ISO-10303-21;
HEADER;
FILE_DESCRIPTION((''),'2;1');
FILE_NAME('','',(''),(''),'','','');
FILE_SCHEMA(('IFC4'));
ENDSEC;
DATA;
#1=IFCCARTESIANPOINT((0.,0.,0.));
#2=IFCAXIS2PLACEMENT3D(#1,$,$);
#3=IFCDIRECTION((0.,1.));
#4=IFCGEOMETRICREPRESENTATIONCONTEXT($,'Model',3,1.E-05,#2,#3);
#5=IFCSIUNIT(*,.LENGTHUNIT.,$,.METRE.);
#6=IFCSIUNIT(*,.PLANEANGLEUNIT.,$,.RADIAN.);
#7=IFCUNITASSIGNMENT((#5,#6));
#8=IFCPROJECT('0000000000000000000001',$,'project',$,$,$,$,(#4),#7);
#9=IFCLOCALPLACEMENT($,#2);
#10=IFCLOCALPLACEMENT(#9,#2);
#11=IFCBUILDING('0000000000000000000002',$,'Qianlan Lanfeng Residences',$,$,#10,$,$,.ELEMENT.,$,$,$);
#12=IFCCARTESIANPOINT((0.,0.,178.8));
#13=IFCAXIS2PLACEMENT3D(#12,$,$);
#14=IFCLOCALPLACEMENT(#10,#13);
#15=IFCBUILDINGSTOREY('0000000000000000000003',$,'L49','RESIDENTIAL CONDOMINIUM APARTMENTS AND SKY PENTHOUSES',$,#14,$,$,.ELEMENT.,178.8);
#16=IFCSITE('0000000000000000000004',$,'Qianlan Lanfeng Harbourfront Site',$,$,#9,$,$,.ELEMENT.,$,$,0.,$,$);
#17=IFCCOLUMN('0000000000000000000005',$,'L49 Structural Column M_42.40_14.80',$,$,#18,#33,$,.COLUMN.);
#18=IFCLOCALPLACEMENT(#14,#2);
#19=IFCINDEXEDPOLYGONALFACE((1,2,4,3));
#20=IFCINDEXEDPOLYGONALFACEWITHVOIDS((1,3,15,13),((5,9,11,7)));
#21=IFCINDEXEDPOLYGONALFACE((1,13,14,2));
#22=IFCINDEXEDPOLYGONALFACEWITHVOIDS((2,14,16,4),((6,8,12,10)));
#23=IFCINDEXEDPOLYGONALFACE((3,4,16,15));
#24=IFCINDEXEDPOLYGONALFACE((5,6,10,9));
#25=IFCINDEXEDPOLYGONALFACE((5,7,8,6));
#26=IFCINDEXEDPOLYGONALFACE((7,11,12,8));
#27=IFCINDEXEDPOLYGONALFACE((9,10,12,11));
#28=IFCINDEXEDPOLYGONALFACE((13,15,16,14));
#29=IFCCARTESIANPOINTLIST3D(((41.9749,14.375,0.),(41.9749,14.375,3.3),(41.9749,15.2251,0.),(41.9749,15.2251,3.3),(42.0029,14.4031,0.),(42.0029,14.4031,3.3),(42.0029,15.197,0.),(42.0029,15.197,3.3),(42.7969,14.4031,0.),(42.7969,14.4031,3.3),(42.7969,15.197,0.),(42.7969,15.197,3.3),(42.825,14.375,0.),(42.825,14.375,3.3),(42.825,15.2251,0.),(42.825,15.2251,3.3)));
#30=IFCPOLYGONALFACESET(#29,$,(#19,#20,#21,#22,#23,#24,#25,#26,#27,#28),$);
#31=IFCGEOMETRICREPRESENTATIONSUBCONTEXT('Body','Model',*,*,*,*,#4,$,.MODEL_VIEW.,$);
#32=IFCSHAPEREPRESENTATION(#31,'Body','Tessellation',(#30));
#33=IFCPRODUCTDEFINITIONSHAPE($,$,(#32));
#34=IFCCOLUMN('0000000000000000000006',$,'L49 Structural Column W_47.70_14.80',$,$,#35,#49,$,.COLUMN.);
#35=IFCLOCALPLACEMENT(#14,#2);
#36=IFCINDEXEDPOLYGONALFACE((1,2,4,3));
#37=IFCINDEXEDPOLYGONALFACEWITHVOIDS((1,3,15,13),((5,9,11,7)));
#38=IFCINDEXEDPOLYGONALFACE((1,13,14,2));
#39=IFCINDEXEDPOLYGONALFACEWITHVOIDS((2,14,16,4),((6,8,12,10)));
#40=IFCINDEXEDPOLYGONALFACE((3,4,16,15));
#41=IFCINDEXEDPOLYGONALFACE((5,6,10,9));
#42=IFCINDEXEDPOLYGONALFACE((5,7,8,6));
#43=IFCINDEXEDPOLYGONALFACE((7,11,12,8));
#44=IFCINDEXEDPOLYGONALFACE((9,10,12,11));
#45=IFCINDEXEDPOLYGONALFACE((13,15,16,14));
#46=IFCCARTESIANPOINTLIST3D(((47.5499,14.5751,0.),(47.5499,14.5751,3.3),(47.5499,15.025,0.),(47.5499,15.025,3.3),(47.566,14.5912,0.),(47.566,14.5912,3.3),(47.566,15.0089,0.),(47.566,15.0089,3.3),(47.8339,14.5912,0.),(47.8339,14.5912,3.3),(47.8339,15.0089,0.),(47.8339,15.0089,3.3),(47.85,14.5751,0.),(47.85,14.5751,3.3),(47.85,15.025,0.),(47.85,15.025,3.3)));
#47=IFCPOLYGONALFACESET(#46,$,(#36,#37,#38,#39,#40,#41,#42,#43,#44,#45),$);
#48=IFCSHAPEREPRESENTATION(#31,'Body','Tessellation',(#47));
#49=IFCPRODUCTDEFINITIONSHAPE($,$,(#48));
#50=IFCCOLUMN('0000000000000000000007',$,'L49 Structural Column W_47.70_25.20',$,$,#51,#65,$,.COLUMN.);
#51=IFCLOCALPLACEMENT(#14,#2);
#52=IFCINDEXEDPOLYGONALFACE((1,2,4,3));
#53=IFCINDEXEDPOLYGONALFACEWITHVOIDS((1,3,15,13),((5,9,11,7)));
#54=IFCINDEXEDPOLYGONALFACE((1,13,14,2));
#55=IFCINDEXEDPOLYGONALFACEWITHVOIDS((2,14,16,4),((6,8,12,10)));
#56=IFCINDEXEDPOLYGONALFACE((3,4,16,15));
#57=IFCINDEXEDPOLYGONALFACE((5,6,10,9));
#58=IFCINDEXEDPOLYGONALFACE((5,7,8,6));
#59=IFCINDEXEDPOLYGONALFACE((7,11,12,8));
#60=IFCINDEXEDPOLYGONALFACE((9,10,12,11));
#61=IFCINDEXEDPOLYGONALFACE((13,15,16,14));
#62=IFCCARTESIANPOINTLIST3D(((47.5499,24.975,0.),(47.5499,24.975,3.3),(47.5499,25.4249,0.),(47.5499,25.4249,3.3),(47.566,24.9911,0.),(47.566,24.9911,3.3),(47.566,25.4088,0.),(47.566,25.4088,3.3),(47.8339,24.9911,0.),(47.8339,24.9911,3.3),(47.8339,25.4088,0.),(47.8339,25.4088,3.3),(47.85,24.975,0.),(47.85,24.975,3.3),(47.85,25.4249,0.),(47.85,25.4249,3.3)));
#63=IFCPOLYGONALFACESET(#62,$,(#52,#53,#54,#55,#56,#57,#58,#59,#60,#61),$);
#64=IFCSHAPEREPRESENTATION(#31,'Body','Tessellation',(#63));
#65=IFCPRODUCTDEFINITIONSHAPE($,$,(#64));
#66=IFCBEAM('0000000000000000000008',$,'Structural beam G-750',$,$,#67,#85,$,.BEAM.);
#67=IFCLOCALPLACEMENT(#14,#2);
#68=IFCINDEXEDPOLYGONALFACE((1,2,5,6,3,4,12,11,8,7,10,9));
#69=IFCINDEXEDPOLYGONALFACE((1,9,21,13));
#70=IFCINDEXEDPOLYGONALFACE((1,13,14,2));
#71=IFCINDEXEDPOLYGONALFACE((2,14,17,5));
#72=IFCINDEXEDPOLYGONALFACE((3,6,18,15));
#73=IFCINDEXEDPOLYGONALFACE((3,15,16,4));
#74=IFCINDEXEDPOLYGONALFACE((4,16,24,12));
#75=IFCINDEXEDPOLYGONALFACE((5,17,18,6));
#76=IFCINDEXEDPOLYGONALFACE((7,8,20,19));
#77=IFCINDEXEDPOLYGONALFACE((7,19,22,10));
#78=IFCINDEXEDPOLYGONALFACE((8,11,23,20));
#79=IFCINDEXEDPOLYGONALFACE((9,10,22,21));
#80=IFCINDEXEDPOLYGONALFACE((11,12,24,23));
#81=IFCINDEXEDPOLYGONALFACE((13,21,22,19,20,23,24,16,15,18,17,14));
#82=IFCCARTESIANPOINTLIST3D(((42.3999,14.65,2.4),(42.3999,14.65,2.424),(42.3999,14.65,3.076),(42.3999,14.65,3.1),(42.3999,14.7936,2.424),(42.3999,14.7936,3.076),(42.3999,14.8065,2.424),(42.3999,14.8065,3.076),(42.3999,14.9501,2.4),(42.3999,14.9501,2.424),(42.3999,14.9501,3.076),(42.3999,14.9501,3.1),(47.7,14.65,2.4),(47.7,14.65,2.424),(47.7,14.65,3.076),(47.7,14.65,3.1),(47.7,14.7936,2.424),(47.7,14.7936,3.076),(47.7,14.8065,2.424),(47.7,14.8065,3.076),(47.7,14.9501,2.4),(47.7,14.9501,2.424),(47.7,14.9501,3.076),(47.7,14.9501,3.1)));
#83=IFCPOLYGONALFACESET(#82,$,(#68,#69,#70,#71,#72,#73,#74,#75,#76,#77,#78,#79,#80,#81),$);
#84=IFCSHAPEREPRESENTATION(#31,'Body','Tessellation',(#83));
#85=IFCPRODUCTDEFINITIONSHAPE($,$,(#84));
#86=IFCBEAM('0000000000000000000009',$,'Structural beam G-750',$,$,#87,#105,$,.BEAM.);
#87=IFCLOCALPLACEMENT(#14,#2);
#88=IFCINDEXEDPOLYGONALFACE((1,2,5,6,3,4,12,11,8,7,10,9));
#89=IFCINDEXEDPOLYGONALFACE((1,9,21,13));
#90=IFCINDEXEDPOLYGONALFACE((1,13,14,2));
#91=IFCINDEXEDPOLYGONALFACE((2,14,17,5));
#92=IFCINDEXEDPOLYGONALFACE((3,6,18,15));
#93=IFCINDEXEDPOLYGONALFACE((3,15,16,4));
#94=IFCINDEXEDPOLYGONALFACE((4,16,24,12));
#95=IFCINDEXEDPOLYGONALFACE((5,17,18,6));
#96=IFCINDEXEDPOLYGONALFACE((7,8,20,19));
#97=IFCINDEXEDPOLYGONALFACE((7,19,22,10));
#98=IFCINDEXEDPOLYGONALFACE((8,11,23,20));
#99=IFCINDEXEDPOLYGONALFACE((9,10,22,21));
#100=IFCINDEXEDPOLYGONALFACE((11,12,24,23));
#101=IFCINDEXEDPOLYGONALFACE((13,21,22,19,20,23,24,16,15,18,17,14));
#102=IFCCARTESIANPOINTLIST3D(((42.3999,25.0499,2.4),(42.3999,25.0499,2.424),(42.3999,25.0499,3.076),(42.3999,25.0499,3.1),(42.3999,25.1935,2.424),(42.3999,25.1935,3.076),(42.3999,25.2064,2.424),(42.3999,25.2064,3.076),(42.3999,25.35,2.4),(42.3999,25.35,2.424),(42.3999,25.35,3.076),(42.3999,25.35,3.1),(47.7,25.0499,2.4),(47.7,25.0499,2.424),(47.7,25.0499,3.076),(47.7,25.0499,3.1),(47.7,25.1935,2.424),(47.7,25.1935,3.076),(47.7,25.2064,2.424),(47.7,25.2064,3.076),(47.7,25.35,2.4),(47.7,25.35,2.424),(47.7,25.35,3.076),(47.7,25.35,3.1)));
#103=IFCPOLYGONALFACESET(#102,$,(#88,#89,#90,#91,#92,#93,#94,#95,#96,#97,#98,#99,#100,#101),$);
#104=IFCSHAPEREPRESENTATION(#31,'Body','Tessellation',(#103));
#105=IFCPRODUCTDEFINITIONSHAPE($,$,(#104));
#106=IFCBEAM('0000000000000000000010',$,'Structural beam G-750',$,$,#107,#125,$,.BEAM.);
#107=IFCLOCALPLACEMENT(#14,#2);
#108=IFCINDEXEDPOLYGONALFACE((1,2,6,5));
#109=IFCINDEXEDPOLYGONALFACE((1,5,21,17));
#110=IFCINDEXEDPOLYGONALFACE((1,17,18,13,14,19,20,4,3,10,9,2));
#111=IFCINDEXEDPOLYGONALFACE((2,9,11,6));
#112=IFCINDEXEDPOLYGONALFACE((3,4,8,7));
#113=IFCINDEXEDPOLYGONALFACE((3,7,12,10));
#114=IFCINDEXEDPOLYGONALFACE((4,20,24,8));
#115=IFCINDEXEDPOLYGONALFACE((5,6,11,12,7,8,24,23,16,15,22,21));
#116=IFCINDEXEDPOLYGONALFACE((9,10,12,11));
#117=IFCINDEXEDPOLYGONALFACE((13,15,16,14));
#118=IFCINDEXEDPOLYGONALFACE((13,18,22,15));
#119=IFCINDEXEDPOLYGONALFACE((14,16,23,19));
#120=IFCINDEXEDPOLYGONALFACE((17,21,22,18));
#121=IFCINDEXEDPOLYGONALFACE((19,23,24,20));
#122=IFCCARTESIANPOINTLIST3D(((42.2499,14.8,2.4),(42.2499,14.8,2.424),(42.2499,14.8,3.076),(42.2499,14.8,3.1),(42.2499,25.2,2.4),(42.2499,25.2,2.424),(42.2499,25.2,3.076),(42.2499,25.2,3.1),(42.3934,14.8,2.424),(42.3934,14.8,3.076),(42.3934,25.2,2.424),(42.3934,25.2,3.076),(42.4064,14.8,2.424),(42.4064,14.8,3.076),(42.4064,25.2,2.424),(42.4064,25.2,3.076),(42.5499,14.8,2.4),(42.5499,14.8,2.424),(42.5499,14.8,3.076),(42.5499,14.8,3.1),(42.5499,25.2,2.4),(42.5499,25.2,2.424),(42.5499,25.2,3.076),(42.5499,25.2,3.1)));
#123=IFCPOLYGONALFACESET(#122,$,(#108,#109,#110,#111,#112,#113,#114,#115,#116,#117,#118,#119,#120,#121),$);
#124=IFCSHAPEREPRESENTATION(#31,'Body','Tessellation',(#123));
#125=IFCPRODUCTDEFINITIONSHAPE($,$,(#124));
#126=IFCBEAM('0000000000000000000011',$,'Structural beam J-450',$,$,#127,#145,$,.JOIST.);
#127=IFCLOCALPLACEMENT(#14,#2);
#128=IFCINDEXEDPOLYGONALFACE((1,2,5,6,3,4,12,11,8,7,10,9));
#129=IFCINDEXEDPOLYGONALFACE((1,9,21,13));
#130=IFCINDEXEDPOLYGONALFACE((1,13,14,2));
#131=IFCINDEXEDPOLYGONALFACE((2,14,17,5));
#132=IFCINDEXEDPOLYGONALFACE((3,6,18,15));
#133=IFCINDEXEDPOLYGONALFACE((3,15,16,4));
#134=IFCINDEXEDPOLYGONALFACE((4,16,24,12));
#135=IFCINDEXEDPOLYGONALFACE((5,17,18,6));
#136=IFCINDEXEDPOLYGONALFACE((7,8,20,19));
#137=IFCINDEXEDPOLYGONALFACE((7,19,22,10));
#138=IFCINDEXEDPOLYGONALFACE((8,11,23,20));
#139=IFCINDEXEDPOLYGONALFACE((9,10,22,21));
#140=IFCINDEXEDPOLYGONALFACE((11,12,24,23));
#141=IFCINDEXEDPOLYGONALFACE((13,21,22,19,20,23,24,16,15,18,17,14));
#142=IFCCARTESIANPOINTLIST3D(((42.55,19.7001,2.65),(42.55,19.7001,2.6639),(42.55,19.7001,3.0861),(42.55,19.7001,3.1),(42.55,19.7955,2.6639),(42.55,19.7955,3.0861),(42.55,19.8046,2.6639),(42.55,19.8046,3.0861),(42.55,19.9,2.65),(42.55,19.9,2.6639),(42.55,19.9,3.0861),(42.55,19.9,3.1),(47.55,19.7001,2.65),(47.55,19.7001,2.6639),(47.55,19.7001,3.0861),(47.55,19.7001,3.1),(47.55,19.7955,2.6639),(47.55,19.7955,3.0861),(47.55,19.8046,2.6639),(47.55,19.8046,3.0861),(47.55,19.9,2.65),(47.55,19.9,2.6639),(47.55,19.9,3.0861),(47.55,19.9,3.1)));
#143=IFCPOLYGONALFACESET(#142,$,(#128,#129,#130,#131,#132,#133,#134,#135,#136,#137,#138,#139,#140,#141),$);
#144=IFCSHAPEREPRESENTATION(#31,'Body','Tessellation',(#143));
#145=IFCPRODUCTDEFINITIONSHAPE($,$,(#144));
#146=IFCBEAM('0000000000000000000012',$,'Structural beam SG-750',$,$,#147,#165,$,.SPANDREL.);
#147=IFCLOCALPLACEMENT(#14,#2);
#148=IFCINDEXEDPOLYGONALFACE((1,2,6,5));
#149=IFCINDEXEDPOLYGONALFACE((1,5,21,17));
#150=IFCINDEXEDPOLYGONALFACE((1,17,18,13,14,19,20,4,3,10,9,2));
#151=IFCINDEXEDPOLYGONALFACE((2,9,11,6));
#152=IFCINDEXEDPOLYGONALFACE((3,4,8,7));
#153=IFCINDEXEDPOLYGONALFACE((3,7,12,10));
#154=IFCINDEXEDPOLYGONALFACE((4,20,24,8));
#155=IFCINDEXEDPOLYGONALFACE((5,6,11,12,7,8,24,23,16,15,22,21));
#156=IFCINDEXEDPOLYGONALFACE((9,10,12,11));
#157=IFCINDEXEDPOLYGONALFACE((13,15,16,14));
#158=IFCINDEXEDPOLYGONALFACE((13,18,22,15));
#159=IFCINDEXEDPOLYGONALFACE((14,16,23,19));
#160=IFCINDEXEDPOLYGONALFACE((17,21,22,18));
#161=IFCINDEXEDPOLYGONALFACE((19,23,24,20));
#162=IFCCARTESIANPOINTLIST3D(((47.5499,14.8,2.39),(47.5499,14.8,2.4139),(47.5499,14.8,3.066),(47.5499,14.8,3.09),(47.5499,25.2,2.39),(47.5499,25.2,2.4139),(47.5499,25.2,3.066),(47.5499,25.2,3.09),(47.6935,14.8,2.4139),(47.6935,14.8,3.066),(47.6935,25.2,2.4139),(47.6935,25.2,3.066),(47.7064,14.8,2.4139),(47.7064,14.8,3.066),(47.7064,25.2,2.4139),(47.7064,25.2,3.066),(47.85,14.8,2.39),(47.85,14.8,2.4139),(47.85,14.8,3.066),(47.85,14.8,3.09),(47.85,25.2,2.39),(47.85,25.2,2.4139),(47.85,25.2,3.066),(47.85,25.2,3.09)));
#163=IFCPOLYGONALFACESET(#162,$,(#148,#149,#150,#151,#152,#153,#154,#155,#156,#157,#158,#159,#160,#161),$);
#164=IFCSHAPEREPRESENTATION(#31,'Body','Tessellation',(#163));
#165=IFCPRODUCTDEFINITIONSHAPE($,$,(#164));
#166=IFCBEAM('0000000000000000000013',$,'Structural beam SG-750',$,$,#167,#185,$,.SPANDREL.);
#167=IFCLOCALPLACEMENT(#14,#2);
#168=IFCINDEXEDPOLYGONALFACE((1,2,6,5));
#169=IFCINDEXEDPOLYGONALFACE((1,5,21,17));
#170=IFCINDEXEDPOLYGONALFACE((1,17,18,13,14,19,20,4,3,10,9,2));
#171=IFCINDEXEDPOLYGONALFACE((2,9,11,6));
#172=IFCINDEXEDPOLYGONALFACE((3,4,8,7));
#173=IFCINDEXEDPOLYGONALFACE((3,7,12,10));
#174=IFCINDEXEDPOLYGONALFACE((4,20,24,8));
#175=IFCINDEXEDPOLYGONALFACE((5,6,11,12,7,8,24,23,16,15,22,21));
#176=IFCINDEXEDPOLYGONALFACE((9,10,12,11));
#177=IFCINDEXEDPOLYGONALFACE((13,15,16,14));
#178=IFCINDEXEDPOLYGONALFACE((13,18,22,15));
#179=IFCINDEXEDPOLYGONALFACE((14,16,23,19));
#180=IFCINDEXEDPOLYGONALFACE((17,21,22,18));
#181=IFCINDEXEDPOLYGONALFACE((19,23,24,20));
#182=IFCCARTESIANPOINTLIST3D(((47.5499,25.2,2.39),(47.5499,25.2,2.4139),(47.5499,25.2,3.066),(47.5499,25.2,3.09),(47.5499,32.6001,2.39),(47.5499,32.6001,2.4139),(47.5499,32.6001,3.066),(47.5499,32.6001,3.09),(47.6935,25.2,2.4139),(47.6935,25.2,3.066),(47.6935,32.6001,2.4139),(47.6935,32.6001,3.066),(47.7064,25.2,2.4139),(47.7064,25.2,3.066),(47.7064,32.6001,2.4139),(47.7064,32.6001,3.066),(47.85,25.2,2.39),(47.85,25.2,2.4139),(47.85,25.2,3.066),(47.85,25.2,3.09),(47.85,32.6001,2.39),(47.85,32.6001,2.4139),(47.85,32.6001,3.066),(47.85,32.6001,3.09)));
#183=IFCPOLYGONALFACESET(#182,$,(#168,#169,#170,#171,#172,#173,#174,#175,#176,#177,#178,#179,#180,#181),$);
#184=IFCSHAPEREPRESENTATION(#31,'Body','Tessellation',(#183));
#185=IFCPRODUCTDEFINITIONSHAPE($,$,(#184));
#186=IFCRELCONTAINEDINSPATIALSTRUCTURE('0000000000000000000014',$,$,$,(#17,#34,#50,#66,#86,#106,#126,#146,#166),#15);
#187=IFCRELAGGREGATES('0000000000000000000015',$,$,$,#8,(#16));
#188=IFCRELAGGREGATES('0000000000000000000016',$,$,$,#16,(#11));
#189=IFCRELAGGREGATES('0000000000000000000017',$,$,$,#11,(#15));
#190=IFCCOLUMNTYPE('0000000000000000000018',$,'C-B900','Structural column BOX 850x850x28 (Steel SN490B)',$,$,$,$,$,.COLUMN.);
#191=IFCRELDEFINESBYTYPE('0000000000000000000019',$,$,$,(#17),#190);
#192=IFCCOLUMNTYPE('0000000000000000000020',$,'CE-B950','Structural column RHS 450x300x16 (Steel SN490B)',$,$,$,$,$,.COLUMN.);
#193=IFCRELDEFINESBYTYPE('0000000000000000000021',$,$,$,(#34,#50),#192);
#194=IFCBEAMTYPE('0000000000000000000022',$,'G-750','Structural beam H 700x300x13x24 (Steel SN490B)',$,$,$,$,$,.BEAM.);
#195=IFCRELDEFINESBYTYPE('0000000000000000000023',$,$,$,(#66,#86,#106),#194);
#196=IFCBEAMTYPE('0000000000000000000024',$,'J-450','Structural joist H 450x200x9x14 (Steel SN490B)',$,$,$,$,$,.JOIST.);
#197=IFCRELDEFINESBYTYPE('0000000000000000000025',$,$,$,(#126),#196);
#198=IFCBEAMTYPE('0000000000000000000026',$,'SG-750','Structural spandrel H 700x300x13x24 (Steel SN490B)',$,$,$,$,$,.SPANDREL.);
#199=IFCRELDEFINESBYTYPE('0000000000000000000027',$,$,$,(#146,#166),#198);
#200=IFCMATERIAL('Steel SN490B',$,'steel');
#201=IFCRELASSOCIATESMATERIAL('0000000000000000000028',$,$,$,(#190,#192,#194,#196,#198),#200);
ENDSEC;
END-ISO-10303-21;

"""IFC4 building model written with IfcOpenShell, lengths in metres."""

from ifc_helpers import new_model, si_unit, direction, frame, origin, origin_2d, place, context, subcontext, project, spatial, hollow_rectangle, i_section, extrude, material, material_profile, profile_set, type_object, element, save


model = new_model("IFC4")

# Units and contexts
model_context = context("Model", 3, precision=1e-05, world=origin(), true_north=direction((0.0, 1.0)))
body_context = subcontext(model_context, "Body", "Model", "MODEL_VIEW")
ifc_project = project(units=[si_unit("LENGTHUNIT", "METRE"), si_unit("PLANEANGLEUNIT", "RADIAN")], contexts=[model_context])

# Site, building, storey
site_placement = place(None, origin())
site = spatial("IfcSite", under=ifc_project, at=site_placement, Name="Qianlan Lanfeng Harbourfront Site", CompositionType="ELEMENT", RefElevation=0.0)
building_placement = place(site_placement, origin())
building = spatial("IfcBuilding", under=site, at=building_placement, Name="Qianlan Lanfeng Residences", CompositionType="ELEMENT")
storey_placement = place(building_placement, frame((0.0, 0.0, 178.8)))
storey = spatial("IfcBuildingStorey", under=building, at=storey_placement, Name="L49", Description="RESIDENTIAL CONDOMINIUM APARTMENTS AND SKY PENTHOUSES", CompositionType="ELEMENT", Elevation=178.8)

# Columns
ifc_material_1 = material(Name="Steel SN490B", Category="steel")
ifc_material_profile_1 = material_profile(ifc_material_1, hollow_rectangle(XDim=0.8501, YDim=0.8501, WallThickness=0.0281, at=origin_2d()), Name="BOX 850x850x28")
ifc_profile_set_1 = profile_set([ifc_material_profile_1], Name="Steel SN490B")
column_type_1 = type_object("IfcColumnType", Name="C-B900", Description="Structural column BOX 850x850x28 (Steel SN490B)", PredefinedType="COLUMN", material=ifc_profile_set_1)
column_placement = place(storey_placement, frame((42.3999, 14.8, 0.0), z_axis=(0.0, 0.0, 1.0), x_axis=(1.0, 0.0, 0.0)))
element("IfcColumn", 1, at=column_placement, inside=storey, type_object=column_type_1, Name="L49 Structural Column M_42.40_14.80", PredefinedType="COLUMN", context=body_context, shape_type="SweptSolid", body=[
    extrude(hollow_rectangle(XDim=0.8501, YDim=0.8501, WallThickness=0.0281, at=origin_2d()), origin(), (0.0, 0.0, 1.0), 3.3),
])
ifc_material_profile_2 = material_profile(ifc_material_1, hollow_rectangle(XDim=0.3, YDim=0.45, WallThickness=0.0161, at=origin_2d()), Name="RHS 450x300x16")
ifc_profile_set_2 = profile_set([ifc_material_profile_2], Name="Steel SN490B")
column_type_2 = type_object("IfcColumnType", Name="CE-B950", Description="Structural column RHS 450x300x16 (Steel SN490B)", PredefinedType="COLUMN", material=ifc_profile_set_2)
for number, where, z_axis, x_axis, name in (
    (2, (47.7, 14.8, 0.0), (0.0, 0.0, 1.0), (1.0, 0.0, 0.0), "L49 Structural Column W_47.70_14.80"),
    (3, (47.7, 25.2, 0.0), (0.0, 0.0, 1.0), (1.0, 0.0, 0.0), "L49 Structural Column W_47.70_25.20"),
):
    element("IfcColumn", number, at=place(storey_placement, frame(where, z_axis=z_axis, x_axis=x_axis)), inside=storey, type_object=column_type_2, Name=name, PredefinedType="COLUMN", context=body_context, shape_type="SweptSolid", body=[
        extrude(hollow_rectangle(XDim=0.3, YDim=0.45, WallThickness=0.0161, at=origin_2d()), origin(), (0.0, 0.0, 1.0), 3.3),
    ])

# Beams
ifc_material_profile_3 = material_profile(ifc_material_1, i_section(OverallWidth=0.3, OverallDepth=0.7, WebThickness=0.0129, FlangeThickness=0.0239, at=origin_2d()), Name="H 700x300x13x24")
ifc_profile_set_3 = profile_set([ifc_material_profile_3], Name="Steel SN490B")
beam_type_1 = type_object("IfcBeamType", Name="G-750", Description="Structural beam H 700x300x13x24 (Steel SN490B)", PredefinedType="BEAM", material=ifc_profile_set_3)
for number, where, z_axis, x_axis, name in (
    (4, (42.3999, 14.8, 2.75), (1.0, 0.0, 0.0), (0.0, 1.0, 0.0), "Structural beam G-750"),
    (5, (42.3999, 25.2, 2.75), (1.0, 0.0, 0.0), (0.0, 1.0, 0.0), "Structural beam G-750"),
):
    element("IfcBeam", number, at=place(storey_placement, frame(where, z_axis=z_axis, x_axis=x_axis)), inside=storey, type_object=beam_type_1, Name=name, PredefinedType="BEAM", context=body_context, shape_type="SweptSolid", body=[
        extrude(i_section(OverallWidth=0.3, OverallDepth=0.7, WebThickness=0.0129, FlangeThickness=0.0239, at=origin_2d()), origin(), (0.0, 0.0, 1.0), 5.3),
    ])
beam_1_placement = place(storey_placement, frame((42.3999, 14.8, 2.75), z_axis=(0.0, 1.0, 0.0), x_axis=(-1.0, 0.0, 0.0)))
element("IfcBeam", 6, at=beam_1_placement, inside=storey, type_object=beam_type_1, Name="Structural beam G-750", PredefinedType="BEAM", context=body_context, shape_type="SweptSolid", body=[
    extrude(i_section(OverallWidth=0.3, OverallDepth=0.7, WebThickness=0.0129, FlangeThickness=0.0239, at=origin_2d()), origin(), (0.0, 0.0, 1.0), 10.3999),
])
ifc_material_profile_4 = material_profile(ifc_material_1, i_section(OverallWidth=0.2, OverallDepth=0.45, WebThickness=0.009, FlangeThickness=0.0139, at=origin_2d()), Name="H 450x200x9x14")
ifc_profile_set_4 = profile_set([ifc_material_profile_4], Name="Steel SN490B")
beam_type_2 = type_object("IfcBeamType", Name="J-450", Description="Structural joist H 450x200x9x14 (Steel SN490B)", PredefinedType="JOIST", material=ifc_profile_set_4)
beam_2_placement = place(storey_placement, frame((42.55, 19.8, 2.875), z_axis=(1.0, 0.0, 0.0), x_axis=(0.0, 1.0, 0.0)))
element("IfcBeam", 7, at=beam_2_placement, inside=storey, type_object=beam_type_2, Name="Structural beam J-450", PredefinedType="JOIST", context=body_context, shape_type="SweptSolid", body=[
    extrude(i_section(OverallWidth=0.2, OverallDepth=0.45, WebThickness=0.009, FlangeThickness=0.0139, at=origin_2d()), origin(), (0.0, 0.0, 1.0), 5.0),
])
ifc_material_profile_5 = material_profile(ifc_material_1, i_section(OverallWidth=0.3, OverallDepth=0.7, WebThickness=0.0129, FlangeThickness=0.0239, at=origin_2d()), Name="H 700x300x13x24")
ifc_profile_set_5 = profile_set([ifc_material_profile_5], Name="Steel SN490B")
beam_type_3 = type_object("IfcBeamType", Name="SG-750", Description="Structural spandrel H 700x300x13x24 (Steel SN490B)", PredefinedType="SPANDREL", material=ifc_profile_set_5)
beam_3_placement = place(storey_placement, frame((47.7, 14.8, 2.74), z_axis=(0.0, 1.0, 0.0), x_axis=(-1.0, 0.0, 0.0)))
element("IfcBeam", 8, at=beam_3_placement, inside=storey, type_object=beam_type_3, Name="Structural beam SG-750", PredefinedType="SPANDREL", context=body_context, shape_type="SweptSolid", body=[
    extrude(i_section(OverallWidth=0.3, OverallDepth=0.7, WebThickness=0.0129, FlangeThickness=0.0239, at=origin_2d()), origin(), (0.0, 0.0, 1.0), 10.3999),
])
beam_4_placement = place(storey_placement, frame((47.7, 25.2, 2.74), z_axis=(0.0, 1.0, 0.0), x_axis=(-1.0, 0.0, 0.0)))
element("IfcBeam", 9, at=beam_4_placement, inside=storey, type_object=beam_type_3, Name="Structural beam SG-750", PredefinedType="SPANDREL", context=body_context, shape_type="SweptSolid", body=[
    extrude(i_section(OverallWidth=0.3, OverallDepth=0.7, WebThickness=0.0129, FlangeThickness=0.0239, at=origin_2d()), origin(), (0.0, 0.0, 1.0), 7.4001),
])

save(model, "model.ifc")
